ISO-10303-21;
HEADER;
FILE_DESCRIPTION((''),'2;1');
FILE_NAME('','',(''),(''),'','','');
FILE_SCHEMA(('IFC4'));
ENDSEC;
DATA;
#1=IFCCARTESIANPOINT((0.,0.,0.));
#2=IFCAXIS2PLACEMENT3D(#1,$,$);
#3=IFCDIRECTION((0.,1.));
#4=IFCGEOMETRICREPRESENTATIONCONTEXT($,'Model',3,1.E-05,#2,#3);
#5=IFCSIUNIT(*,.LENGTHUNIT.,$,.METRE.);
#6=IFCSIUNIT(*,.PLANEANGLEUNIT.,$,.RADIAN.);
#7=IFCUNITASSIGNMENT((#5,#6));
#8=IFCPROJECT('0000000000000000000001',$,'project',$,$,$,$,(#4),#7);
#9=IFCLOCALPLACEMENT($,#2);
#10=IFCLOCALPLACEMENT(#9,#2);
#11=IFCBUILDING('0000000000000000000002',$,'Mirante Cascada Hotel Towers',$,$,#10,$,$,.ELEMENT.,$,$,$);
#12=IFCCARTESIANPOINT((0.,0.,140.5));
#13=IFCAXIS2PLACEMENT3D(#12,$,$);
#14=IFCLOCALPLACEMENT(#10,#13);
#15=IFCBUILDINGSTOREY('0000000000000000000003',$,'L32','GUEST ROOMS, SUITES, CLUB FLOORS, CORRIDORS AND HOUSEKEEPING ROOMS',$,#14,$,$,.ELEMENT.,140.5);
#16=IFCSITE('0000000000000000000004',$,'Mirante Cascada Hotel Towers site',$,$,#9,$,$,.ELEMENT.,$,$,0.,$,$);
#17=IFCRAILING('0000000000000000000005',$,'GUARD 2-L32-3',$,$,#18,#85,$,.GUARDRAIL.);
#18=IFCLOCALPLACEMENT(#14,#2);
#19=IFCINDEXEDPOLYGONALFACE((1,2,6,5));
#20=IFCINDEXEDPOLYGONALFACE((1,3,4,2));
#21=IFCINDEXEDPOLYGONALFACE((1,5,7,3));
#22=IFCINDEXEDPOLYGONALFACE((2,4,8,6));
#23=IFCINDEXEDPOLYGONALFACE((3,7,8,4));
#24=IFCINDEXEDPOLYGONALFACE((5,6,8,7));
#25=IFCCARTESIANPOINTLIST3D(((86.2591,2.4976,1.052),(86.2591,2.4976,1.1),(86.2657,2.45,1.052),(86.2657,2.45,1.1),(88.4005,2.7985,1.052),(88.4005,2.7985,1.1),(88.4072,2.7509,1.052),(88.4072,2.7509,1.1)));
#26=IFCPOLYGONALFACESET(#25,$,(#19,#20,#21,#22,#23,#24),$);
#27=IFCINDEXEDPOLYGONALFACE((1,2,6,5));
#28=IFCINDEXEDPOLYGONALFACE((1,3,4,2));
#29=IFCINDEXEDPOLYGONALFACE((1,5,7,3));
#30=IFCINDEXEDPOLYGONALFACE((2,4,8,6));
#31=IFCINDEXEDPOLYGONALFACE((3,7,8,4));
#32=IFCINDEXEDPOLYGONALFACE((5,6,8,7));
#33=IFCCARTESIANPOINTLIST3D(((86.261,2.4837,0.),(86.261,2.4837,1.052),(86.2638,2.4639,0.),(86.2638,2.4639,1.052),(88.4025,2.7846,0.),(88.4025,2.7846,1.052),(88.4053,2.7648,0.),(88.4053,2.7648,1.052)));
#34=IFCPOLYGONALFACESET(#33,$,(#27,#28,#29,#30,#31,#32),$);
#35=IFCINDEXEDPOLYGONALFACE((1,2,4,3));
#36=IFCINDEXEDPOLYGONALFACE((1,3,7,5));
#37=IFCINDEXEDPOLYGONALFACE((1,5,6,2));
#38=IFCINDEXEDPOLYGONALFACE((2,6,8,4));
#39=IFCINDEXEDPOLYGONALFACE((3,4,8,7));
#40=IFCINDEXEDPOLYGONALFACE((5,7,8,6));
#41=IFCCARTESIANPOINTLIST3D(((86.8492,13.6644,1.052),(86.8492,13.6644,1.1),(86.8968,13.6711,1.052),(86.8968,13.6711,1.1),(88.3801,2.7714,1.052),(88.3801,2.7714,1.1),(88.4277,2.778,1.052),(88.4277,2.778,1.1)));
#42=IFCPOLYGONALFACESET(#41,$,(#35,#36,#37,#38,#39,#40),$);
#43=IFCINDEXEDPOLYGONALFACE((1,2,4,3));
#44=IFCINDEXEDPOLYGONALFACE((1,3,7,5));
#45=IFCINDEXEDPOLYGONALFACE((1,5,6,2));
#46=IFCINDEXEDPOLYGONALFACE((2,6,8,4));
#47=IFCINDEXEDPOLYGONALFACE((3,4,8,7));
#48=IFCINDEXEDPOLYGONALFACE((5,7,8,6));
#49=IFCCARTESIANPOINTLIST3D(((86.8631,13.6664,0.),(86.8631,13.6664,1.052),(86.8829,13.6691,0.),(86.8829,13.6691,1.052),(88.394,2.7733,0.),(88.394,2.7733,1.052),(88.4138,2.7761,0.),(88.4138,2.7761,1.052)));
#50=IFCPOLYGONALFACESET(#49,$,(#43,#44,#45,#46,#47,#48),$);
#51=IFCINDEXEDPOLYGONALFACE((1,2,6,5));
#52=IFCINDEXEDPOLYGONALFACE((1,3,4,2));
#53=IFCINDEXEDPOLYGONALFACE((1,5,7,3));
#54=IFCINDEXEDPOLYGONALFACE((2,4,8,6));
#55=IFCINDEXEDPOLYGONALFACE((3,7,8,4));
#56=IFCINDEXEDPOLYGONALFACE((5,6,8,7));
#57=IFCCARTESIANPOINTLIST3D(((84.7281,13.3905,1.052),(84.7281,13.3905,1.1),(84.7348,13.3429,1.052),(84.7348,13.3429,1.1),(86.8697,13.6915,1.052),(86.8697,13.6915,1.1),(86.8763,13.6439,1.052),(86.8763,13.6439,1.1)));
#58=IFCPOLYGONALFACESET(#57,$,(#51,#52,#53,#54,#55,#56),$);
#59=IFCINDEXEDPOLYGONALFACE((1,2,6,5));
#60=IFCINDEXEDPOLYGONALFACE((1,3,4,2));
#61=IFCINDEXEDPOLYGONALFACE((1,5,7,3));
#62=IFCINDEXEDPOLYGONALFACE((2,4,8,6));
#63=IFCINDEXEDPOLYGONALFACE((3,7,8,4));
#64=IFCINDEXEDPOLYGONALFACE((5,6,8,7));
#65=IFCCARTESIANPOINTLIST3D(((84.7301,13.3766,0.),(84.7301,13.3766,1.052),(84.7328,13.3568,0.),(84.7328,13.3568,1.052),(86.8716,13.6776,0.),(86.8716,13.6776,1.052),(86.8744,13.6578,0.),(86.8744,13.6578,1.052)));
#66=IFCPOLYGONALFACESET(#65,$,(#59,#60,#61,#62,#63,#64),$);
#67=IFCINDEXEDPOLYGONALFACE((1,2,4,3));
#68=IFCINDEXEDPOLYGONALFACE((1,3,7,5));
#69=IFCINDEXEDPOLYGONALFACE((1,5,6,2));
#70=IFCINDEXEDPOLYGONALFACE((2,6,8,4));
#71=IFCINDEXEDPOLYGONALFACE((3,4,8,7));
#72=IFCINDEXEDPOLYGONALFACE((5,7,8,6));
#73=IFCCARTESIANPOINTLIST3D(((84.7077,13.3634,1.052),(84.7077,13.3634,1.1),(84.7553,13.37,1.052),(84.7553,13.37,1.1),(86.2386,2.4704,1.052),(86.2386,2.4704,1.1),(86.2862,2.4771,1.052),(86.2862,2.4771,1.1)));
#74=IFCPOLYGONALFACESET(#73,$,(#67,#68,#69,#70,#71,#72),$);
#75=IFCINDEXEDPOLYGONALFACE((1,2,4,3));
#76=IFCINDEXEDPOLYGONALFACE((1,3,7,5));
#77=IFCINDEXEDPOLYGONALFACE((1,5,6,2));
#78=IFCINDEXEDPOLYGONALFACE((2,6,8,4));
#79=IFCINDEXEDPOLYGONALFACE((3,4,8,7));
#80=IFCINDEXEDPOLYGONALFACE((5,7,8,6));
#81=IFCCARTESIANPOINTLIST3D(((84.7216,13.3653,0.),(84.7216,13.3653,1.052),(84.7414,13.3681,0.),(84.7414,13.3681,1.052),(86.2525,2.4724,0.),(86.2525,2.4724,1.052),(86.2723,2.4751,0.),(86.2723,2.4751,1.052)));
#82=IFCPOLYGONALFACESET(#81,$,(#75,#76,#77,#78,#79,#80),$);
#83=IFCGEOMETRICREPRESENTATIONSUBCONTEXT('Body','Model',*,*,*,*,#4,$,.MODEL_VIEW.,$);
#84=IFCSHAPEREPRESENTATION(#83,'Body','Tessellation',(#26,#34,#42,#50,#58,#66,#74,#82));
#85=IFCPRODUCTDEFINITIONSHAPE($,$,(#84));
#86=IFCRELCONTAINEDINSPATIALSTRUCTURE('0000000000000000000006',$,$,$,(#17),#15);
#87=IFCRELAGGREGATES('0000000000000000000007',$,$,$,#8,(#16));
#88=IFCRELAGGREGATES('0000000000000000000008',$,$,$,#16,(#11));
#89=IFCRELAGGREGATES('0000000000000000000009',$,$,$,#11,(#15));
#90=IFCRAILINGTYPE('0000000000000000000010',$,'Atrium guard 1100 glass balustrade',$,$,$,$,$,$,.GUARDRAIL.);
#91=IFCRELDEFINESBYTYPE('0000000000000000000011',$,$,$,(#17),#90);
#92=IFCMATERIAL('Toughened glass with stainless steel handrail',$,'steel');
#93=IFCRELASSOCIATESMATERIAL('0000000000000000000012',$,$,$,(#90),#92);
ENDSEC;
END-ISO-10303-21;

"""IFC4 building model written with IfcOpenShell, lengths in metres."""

from ifc_helpers import new_model, si_unit, direction, frame, origin, origin_2d, place, context, subcontext, project, spatial, rectangle, extrude, material, type_object, element, save


model = new_model("IFC4")

# Units and contexts
model_context = context("Model", 3, precision=1e-05, world=origin(), true_north=direction((0.0, 1.0)))
body_context = subcontext(model_context, "Body", "Model", "MODEL_VIEW")
ifc_project = project(units=[si_unit("LENGTHUNIT", "METRE"), si_unit("PLANEANGLEUNIT", "RADIAN")], contexts=[model_context])

# Site, building, storey
site_placement = place(None, origin())
site = spatial("IfcSite", under=ifc_project, at=site_placement, Name="Mirante Cascada Hotel Towers site", CompositionType="ELEMENT", RefElevation=0.0)
building_placement = place(site_placement, origin())
building = spatial("IfcBuilding", under=site, at=building_placement, Name="Mirante Cascada Hotel Towers", CompositionType="ELEMENT")
storey_placement = place(building_placement, frame((0.0, 0.0, 140.5)))
storey = spatial("IfcBuildingStorey", under=building, at=storey_placement, Name="L32", Description="GUEST ROOMS, SUITES, CLUB FLOORS, CORRIDORS AND HOUSEKEEPING ROOMS", CompositionType="ELEMENT", Elevation=140.5)

# Railing
ifc_material_1 = material(Name="Toughened glass with stainless steel handrail", Category="steel")
railing_type = type_object("IfcRailingType", Name="Atrium guard 1100 glass balustrade", PredefinedType="GUARDRAIL", material=ifc_material_1)
railing_placement = place(storey_placement, frame((86.2624, 2.4738, 0.0)))
element("IfcRailing", 1, at=railing_placement, inside=storey, type_object=railing_type, Name="GUARD 2-L32-3", PredefinedType="GUARDRAIL", context=body_context, shape_type="SweptSolid", body=[
    extrude(rectangle(XDim=0.048, YDim=0.048, at=origin_2d()), frame((0.0, 0.0, 1.076), z_axis=(0.990272, 0.139142, 0.0), x_axis=(-0.139142, 0.990272, 0.0)), (0.0, 0.0, 1.0), 2.1625),
    extrude(rectangle(XDim=0.02, YDim=1.052, at=origin_2d()), frame((0.0, 0.0, 0.526), z_axis=(0.990272, 0.139142, 0.0), x_axis=(-0.139142, 0.990272, 0.0)), (0.0, 0.0, 1.0), 2.1625),
    extrude(rectangle(XDim=0.048, YDim=0.048, at=origin_2d()), frame((2.1415, 0.3009, 1.076), z_axis=(-0.139172, 0.990268, 0.0), x_axis=(-0.990268, -0.139172, 0.0)), (0.0, 0.0, 1.0), 11.0001),
    extrude(rectangle(XDim=0.02, YDim=1.052, at=origin_2d()), frame((2.1415, 0.3009, 0.526), z_axis=(-0.139172, 0.990268, 0.0), x_axis=(-0.990268, -0.139172, 0.0)), (0.0, 0.0, 1.0), 11.0001),
    extrude(rectangle(XDim=0.048, YDim=0.048, at=origin_2d()), frame((0.6106, 11.1939, 1.076), z_axis=(-0.990266, -0.139187, 0.0), x_axis=(0.139187, -0.990266, 0.0)), (0.0, 0.0, 1.0), 2.1626),
    extrude(rectangle(XDim=0.02, YDim=1.052, at=origin_2d()), frame((0.6106, 11.1939, 0.526), z_axis=(-0.990266, -0.139187, 0.0), x_axis=(0.139187, -0.990266, 0.0)), (0.0, 0.0, 1.0), 2.1626),
    extrude(rectangle(XDim=0.048, YDim=0.048, at=origin_2d()), frame((-1.5309, 10.8929, 1.076), z_axis=(0.139173, -0.990268, 0.0), x_axis=(0.990268, 0.139173, 0.0)), (0.0, 0.0, 1.0), 11.0),
    extrude(rectangle(XDim=0.02, YDim=1.052, at=origin_2d()), frame((-1.5309, 10.8929, 0.526), z_axis=(0.139173, -0.990268, 0.0), x_axis=(0.990268, 0.139173, 0.0)), (0.0, 0.0, 1.0), 11.0),
])

save(model, "model.ifc")
